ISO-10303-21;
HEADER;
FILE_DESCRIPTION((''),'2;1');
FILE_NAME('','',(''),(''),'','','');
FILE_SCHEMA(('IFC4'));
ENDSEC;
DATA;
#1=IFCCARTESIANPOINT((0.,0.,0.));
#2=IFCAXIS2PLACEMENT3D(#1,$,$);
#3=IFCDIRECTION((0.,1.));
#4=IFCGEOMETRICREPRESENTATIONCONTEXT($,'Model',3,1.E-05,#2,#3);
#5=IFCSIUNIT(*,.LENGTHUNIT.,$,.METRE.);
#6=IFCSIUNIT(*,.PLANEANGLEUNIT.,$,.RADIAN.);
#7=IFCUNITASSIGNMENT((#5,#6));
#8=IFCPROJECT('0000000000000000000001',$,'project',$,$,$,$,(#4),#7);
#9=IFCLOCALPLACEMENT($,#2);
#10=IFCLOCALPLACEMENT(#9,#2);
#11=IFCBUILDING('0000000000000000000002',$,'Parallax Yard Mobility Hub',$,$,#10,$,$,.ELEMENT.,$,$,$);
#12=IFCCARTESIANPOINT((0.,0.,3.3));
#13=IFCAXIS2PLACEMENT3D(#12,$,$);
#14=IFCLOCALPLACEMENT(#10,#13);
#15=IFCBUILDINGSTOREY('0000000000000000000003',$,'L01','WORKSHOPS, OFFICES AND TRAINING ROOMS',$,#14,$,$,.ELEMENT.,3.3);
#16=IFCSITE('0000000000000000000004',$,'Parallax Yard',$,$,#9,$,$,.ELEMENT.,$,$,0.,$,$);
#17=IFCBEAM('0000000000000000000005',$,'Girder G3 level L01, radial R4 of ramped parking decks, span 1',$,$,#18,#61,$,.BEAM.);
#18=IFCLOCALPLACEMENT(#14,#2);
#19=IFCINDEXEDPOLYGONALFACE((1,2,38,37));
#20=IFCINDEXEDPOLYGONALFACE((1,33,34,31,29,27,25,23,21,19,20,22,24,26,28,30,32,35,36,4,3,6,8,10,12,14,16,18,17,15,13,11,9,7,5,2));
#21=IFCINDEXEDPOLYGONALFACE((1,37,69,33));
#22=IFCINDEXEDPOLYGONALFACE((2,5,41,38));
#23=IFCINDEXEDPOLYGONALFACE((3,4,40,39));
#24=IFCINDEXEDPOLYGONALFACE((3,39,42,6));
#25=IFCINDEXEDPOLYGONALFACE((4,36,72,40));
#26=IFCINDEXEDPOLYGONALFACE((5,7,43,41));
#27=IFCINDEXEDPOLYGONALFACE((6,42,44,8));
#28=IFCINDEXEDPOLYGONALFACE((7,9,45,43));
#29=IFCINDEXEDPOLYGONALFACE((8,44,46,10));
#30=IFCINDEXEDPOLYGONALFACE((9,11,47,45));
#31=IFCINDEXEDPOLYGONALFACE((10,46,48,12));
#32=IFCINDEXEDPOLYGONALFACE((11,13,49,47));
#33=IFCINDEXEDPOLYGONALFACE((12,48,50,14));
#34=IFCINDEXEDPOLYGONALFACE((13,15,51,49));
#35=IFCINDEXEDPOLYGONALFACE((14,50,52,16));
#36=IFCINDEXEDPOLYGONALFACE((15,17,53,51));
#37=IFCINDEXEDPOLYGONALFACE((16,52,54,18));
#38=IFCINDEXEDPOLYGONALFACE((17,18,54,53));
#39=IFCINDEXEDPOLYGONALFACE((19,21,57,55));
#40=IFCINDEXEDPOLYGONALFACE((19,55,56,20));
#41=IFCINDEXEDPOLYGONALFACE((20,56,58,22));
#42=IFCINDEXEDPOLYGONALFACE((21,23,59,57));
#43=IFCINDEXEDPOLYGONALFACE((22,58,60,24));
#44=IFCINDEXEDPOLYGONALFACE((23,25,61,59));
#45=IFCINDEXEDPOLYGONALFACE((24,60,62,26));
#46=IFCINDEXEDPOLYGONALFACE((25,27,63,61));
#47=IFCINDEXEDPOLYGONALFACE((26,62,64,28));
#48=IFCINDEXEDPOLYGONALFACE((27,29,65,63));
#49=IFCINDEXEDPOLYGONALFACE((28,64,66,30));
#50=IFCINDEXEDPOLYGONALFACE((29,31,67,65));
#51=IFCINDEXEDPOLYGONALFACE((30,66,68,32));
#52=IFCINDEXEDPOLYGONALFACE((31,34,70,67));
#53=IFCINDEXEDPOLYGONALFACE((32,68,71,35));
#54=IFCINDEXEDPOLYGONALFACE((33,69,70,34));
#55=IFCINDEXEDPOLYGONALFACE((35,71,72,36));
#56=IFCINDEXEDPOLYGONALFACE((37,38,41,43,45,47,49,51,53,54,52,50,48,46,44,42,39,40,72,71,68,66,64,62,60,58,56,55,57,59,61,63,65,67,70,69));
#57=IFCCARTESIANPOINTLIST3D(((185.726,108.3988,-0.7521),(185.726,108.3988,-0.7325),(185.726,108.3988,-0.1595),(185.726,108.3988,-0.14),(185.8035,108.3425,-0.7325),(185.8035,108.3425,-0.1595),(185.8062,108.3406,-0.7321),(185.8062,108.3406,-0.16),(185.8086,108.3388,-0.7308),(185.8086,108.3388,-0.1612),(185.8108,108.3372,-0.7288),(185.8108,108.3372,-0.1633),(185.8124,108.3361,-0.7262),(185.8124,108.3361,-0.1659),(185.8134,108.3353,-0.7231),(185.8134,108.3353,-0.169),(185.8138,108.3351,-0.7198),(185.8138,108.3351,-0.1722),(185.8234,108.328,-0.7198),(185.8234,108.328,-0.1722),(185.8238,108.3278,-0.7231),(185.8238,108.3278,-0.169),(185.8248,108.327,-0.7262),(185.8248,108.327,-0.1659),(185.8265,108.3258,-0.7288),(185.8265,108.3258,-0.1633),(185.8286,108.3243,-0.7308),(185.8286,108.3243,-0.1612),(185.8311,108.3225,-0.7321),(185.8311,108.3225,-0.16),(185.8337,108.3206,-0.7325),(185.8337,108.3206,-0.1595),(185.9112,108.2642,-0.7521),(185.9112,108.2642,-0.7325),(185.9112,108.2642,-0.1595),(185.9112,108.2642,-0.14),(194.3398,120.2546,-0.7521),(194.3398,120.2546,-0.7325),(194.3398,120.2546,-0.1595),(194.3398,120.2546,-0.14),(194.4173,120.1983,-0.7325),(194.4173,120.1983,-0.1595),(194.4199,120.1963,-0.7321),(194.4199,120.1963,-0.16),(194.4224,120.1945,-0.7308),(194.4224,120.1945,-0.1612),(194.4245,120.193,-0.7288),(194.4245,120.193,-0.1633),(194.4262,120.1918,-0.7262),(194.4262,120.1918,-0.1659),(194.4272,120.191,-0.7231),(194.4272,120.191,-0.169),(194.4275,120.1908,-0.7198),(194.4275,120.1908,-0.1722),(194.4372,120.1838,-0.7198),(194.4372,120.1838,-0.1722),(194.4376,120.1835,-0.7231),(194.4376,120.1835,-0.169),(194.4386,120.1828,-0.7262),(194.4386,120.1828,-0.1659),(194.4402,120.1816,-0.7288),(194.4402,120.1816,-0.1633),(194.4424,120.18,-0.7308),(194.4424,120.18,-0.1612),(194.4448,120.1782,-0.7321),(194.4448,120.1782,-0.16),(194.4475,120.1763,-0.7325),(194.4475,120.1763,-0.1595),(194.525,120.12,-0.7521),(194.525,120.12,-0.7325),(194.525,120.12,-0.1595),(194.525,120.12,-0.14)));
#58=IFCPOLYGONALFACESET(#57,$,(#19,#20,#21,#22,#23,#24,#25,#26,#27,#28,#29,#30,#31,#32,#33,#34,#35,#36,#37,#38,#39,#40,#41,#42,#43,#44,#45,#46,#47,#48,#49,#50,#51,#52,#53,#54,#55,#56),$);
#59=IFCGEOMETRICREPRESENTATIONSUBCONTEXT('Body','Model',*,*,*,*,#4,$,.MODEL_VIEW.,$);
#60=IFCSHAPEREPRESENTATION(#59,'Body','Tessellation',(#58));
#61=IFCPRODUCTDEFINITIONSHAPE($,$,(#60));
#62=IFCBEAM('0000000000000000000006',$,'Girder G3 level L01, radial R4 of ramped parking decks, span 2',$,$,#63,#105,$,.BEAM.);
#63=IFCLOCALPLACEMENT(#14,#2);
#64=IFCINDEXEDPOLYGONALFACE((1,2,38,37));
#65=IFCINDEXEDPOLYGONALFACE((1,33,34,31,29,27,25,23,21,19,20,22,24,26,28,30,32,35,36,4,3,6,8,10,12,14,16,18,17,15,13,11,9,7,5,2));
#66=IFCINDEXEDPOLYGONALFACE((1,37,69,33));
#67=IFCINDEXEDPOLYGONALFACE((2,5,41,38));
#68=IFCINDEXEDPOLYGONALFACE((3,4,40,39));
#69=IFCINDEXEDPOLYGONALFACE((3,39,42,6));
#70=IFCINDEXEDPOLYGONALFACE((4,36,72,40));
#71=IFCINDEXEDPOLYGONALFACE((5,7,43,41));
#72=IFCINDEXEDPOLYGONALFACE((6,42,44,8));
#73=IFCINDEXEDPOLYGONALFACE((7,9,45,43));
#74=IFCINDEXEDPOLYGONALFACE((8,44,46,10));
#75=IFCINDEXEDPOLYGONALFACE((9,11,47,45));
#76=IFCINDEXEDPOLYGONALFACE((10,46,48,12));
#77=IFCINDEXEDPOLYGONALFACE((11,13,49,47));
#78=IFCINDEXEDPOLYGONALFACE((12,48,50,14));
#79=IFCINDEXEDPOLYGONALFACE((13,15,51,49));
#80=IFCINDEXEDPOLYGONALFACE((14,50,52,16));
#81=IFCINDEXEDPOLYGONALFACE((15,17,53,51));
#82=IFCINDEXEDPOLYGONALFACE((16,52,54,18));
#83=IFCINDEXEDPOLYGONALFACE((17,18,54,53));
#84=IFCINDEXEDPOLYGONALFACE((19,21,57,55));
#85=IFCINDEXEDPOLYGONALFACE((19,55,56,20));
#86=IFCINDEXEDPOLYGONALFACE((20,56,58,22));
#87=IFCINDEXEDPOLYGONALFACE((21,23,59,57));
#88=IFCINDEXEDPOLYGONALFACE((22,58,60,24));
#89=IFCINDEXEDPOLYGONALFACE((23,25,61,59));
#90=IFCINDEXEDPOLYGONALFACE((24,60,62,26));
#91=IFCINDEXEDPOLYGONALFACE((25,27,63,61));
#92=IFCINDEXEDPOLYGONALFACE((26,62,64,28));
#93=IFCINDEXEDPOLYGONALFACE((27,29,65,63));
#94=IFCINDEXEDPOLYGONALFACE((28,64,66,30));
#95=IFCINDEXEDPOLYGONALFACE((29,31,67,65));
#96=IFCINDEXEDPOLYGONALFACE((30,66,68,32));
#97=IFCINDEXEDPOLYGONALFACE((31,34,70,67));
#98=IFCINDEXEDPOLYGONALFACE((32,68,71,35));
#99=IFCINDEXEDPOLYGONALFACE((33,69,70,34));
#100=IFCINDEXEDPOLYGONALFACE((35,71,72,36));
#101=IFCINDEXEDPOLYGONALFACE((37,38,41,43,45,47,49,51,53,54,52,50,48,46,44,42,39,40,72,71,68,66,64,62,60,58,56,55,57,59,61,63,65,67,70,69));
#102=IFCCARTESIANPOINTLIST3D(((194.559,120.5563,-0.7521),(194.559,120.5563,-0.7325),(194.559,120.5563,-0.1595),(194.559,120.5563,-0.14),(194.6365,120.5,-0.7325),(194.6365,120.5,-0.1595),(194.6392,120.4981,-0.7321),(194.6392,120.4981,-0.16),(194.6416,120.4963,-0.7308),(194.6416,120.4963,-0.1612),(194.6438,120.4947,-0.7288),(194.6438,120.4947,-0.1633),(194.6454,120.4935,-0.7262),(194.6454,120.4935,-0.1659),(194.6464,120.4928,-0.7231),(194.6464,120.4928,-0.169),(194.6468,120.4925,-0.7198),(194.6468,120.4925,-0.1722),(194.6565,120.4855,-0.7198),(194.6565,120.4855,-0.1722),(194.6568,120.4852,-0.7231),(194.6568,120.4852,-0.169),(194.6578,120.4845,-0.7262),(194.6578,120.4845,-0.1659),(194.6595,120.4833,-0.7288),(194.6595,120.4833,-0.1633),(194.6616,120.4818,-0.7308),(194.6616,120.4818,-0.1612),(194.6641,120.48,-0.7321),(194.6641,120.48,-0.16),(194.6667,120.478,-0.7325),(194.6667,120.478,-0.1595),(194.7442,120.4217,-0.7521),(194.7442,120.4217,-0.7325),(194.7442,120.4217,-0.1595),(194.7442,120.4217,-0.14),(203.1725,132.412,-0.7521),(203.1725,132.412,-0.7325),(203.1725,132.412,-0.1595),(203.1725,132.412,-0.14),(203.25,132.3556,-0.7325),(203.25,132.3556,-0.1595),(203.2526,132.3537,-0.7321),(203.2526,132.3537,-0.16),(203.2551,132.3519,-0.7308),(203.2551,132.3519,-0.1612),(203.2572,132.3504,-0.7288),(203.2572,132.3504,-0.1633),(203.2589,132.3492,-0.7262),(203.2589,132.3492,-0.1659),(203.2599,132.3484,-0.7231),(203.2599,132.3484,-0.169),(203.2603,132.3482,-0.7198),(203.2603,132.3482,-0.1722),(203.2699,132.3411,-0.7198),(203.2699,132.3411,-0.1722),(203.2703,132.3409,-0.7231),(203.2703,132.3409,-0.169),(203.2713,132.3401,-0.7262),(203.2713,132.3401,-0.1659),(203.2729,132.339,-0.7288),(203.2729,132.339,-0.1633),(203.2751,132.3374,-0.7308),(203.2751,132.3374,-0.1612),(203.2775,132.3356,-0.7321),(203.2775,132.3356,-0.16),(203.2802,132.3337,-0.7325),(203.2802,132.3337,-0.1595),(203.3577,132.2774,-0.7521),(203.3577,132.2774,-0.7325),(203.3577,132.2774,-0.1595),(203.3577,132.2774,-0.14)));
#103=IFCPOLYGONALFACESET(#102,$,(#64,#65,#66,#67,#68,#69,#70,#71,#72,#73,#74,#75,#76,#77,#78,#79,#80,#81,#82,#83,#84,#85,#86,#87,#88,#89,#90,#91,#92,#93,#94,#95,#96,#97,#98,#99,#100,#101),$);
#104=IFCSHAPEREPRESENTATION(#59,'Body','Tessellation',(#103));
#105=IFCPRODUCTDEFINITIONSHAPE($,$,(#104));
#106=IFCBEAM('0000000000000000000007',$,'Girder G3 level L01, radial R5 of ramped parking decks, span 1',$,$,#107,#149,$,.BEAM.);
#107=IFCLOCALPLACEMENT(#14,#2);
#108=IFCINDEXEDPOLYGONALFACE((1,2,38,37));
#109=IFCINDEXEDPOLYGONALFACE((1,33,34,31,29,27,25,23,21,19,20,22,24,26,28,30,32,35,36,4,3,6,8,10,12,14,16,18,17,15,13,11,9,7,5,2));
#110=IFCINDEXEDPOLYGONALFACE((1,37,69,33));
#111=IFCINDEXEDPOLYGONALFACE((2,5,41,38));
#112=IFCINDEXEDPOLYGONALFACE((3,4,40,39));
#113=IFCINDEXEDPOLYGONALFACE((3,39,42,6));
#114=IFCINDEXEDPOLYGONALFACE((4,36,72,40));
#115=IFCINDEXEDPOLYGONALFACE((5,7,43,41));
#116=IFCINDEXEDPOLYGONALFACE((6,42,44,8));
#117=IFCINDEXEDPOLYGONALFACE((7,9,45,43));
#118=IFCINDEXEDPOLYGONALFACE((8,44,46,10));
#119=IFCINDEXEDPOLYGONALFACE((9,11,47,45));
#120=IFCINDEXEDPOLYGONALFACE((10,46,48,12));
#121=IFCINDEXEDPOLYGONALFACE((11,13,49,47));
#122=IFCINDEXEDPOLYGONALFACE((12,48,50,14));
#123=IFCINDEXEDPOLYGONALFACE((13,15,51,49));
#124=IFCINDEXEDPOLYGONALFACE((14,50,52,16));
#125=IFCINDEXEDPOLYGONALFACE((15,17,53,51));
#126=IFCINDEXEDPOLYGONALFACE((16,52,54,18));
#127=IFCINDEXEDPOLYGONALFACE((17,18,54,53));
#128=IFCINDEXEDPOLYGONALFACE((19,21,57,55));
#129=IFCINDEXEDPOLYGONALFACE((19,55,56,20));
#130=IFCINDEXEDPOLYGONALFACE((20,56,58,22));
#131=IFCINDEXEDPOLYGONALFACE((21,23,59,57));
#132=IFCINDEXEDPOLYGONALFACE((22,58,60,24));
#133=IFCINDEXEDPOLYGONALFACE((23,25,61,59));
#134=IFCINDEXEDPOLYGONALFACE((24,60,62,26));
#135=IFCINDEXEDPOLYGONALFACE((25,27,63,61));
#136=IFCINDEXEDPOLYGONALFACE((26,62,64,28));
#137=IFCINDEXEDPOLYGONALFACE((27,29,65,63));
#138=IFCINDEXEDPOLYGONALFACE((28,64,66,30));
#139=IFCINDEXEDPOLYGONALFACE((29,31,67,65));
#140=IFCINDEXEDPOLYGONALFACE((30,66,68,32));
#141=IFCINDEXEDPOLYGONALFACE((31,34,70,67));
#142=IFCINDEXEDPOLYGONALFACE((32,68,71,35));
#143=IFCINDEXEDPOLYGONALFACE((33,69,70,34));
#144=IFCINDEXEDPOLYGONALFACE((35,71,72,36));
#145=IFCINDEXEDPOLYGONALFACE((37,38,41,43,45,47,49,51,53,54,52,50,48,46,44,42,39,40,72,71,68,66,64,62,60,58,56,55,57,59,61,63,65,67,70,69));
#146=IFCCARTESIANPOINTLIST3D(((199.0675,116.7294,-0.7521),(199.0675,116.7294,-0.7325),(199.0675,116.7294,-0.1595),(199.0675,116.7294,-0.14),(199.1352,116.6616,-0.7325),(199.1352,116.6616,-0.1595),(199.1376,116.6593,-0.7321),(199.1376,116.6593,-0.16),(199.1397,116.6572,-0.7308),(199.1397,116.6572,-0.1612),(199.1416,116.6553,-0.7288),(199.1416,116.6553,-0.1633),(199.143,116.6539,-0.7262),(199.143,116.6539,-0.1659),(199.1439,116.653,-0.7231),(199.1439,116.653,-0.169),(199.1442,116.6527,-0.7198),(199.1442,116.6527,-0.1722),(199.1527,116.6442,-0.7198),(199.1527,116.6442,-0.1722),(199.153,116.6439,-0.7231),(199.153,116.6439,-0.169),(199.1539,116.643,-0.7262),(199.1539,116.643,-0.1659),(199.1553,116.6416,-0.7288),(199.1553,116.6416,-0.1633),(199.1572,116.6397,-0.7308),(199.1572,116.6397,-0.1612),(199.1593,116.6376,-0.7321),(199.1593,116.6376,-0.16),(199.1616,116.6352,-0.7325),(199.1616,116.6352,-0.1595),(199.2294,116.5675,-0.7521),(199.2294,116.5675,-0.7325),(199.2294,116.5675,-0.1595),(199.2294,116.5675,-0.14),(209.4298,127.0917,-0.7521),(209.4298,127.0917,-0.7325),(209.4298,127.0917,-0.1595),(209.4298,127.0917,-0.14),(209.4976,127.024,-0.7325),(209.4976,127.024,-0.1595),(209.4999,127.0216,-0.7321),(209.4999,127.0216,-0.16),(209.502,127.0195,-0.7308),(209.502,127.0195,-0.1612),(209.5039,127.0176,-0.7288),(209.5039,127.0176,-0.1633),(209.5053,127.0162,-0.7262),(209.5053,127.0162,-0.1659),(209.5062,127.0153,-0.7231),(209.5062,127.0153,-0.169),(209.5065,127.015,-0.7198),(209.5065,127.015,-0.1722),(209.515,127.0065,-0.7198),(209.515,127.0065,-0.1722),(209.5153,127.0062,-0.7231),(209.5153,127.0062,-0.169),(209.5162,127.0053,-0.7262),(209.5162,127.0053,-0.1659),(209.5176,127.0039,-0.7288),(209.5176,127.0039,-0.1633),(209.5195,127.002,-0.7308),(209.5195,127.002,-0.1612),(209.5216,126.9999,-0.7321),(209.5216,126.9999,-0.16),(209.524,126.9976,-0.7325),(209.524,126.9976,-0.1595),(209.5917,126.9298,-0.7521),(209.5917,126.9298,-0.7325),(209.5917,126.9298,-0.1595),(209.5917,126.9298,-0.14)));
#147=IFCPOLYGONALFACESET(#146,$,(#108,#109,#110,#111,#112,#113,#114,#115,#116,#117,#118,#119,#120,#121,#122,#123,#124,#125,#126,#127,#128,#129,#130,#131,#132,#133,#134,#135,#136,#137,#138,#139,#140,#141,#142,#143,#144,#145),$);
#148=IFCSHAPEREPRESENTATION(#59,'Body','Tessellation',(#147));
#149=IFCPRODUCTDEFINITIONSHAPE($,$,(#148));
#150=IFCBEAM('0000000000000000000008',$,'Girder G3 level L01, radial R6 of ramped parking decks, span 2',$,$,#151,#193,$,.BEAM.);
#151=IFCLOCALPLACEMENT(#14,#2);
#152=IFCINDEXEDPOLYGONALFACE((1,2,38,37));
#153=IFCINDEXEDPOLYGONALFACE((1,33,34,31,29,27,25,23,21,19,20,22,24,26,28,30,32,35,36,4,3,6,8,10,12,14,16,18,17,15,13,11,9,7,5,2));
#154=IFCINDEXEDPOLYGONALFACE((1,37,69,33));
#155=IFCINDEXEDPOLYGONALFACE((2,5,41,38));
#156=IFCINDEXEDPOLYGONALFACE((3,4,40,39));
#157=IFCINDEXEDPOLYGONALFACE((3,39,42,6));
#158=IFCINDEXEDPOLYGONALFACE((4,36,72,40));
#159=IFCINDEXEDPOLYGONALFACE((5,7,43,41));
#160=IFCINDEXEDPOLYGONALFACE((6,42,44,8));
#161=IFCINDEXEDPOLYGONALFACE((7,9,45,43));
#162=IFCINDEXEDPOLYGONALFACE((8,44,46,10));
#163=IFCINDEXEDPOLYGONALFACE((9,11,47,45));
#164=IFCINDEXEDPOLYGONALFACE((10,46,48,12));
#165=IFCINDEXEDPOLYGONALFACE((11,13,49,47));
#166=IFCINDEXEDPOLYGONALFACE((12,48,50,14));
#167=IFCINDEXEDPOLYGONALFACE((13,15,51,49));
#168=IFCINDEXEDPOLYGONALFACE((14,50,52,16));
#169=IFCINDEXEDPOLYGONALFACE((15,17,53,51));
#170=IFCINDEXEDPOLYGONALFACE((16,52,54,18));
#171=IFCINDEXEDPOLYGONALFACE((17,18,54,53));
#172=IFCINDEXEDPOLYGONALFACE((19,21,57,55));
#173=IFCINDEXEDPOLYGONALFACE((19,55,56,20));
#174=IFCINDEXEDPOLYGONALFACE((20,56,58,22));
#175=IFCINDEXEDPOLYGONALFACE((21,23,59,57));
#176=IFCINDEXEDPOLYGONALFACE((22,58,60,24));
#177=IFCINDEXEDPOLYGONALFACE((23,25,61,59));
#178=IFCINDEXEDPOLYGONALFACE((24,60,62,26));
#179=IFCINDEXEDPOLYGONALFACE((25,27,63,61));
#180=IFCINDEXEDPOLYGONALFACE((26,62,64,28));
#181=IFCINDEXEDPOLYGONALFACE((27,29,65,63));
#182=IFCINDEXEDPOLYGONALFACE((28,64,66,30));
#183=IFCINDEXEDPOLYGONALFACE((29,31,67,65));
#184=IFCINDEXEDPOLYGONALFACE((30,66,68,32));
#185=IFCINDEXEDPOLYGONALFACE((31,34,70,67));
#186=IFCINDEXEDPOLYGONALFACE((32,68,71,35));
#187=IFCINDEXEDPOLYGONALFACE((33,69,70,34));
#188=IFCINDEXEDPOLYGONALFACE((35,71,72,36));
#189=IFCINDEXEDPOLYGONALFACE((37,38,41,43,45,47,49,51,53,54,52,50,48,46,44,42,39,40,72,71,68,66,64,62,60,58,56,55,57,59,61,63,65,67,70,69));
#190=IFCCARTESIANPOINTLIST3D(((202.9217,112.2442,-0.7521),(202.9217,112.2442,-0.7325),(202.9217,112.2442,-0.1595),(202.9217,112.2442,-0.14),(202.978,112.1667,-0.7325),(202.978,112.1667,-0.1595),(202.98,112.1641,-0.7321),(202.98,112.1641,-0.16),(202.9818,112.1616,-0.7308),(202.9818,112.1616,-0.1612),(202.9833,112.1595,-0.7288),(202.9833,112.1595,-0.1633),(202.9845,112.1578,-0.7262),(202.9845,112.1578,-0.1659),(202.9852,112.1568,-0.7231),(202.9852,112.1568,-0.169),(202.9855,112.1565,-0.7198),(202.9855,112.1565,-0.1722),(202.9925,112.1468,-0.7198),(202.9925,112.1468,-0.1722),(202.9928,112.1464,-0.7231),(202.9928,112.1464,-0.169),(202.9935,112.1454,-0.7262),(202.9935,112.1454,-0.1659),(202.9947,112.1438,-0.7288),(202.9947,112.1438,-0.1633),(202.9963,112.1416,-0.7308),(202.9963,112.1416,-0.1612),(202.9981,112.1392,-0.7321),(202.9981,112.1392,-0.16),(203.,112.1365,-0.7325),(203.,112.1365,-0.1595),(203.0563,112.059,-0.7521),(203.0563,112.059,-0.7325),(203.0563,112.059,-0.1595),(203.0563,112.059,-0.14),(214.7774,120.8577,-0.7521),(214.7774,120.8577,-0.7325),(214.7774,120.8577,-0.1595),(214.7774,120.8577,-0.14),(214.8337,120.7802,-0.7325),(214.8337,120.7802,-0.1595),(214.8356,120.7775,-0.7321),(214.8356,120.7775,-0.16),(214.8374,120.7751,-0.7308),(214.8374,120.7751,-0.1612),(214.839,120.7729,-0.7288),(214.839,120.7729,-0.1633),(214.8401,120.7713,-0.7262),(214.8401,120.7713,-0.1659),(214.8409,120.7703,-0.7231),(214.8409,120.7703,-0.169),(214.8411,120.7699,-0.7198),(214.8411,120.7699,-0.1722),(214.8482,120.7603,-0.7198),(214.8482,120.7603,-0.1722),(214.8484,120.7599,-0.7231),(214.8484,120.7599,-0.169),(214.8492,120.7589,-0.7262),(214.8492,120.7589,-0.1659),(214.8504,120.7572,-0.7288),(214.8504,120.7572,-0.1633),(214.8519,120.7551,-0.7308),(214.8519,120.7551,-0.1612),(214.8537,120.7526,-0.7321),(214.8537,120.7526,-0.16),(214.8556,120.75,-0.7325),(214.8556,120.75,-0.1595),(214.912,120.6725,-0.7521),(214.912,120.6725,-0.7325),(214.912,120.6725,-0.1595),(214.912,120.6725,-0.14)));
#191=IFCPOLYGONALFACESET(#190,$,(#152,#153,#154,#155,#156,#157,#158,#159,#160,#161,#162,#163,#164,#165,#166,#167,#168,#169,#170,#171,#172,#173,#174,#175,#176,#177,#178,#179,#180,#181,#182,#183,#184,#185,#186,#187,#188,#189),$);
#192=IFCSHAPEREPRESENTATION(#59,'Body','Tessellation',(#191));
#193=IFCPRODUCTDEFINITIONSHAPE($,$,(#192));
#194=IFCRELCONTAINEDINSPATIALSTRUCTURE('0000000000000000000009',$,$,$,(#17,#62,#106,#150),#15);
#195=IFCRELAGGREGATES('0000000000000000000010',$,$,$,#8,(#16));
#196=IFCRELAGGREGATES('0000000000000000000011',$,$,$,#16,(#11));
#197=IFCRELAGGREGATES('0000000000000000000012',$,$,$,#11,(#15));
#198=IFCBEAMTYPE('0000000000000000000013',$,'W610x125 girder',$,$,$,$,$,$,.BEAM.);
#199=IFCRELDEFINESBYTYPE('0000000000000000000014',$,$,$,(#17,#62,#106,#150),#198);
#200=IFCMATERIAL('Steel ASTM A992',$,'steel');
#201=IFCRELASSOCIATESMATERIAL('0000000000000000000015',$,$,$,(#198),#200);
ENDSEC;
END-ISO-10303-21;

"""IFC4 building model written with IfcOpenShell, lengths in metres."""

from ifc_helpers import new_model, si_unit, direction, frame, origin, origin_2d, place, context, subcontext, project, spatial, i_section, extrude, material, material_profile, profile_set, type_object, element, save


model = new_model("IFC4")

# Units and contexts
model_context = context("Model", 3, precision=1e-05, world=origin(), true_north=direction((0.0, 1.0)))
body_context = subcontext(model_context, "Body", "Model", "MODEL_VIEW")
ifc_project = project(units=[si_unit("LENGTHUNIT", "METRE"), si_unit("PLANEANGLEUNIT", "RADIAN")], contexts=[model_context])

# Site, building, storey
site_placement = place(None, origin())
site = spatial("IfcSite", under=ifc_project, at=site_placement, Name="Parallax Yard", CompositionType="ELEMENT", RefElevation=0.0)
building_placement = place(site_placement, origin())
building = spatial("IfcBuilding", under=site, at=building_placement, Name="Parallax Yard Mobility Hub", CompositionType="ELEMENT")
storey_placement = place(building_placement, frame((0.0, 0.0, 3.3)))
storey = spatial("IfcBuildingStorey", under=building, at=storey_placement, Name="L01", Description="WORKSHOPS, OFFICES AND TRAINING ROOMS", CompositionType="ELEMENT", Elevation=3.3)

# Shared definitions
ifc_material_1 = material(Name="Steel ASTM A992", Category="steel")

# Beams
ifc_material_profile_1 = material_profile(ifc_material_1, i_section(OverallWidth=0.229, OverallDepth=0.6121, WebThickness=0.012, FlangeThickness=0.0195, FilletRadius=0.0127, at=origin_2d()), Name="W610x125")
ifc_profile_set_1 = profile_set([ifc_material_profile_1], Name="Steel ASTM A992")
beam_type_1 = type_object("IfcBeamType", Name="W610x125 girder", PredefinedType="BEAM", material=ifc_profile_set_1)
beam_1_placement = place(storey_placement, frame((185.8186, 108.3315, -0.446), z_axis=(0.587789, 0.809014, 0.0), x_axis=(-0.809014, 0.587789, 0.0)))
element("IfcBeam", 1, at=beam_1_placement, inside=storey, type_object=beam_type_1, Name="Girder G3 level L01, radial R4 of ramped parking decks, span 1", PredefinedType="BEAM", context=body_context, shape_type="SweptSolid", body=[
    extrude(i_section(OverallWidth=0.229, OverallDepth=0.6121, WebThickness=0.012, FlangeThickness=0.0195, FilletRadius=0.0127, at=origin_2d()), origin(), (0.0, 0.0, 1.0), 14.6545),
])
beam_2_placement = place(storey_placement, frame((194.6516, 120.489, -0.446), z_axis=(0.587778, 0.809022, 0.0), x_axis=(-0.809022, 0.587778, 0.0)))
element("IfcBeam", 2, at=beam_2_placement, inside=storey, type_object=beam_type_1, Name="Girder G3 level L01, radial R4 of ramped parking decks, span 2", PredefinedType="BEAM", context=body_context, shape_type="SweptSolid", body=[
    extrude(i_section(OverallWidth=0.229, OverallDepth=0.6121, WebThickness=0.012, FlangeThickness=0.0195, FilletRadius=0.0127, at=origin_2d()), origin(), (0.0, 0.0, 1.0), 14.6543),
])
beam_3_placement = place(storey_placement, frame((199.1484, 116.6484, -0.446), z_axis=(0.707107, 0.707107, 0.0), x_axis=(-0.707107, 0.707107, 0.0)))
element("IfcBeam", 3, at=beam_3_placement, inside=storey, type_object=beam_type_1, Name="Girder G3 level L01, radial R5 of ramped parking decks, span 1", PredefinedType="BEAM", context=body_context, shape_type="SweptSolid", body=[
    extrude(i_section(OverallWidth=0.229, OverallDepth=0.6121, WebThickness=0.012, FlangeThickness=0.0195, FilletRadius=0.0127, at=origin_2d()), origin(), (0.0, 0.0, 1.0), 14.6545),
])
beam_4_placement = place(storey_placement, frame((202.989, 112.1516, -0.446), z_axis=(0.809022, 0.587778, 0.0), x_axis=(-0.587778, 0.809022, 0.0)))
element("IfcBeam", 4, at=beam_4_placement, inside=storey, type_object=beam_type_1, Name="Girder G3 level L01, radial R6 of ramped parking decks, span 2", PredefinedType="BEAM", context=body_context, shape_type="SweptSolid", body=[
    extrude(i_section(OverallWidth=0.229, OverallDepth=0.6121, WebThickness=0.012, FlangeThickness=0.0195, FilletRadius=0.0127, at=origin_2d()), origin(), (0.0, 0.0, 1.0), 14.6543),
])

save(model, "model.ifc")
